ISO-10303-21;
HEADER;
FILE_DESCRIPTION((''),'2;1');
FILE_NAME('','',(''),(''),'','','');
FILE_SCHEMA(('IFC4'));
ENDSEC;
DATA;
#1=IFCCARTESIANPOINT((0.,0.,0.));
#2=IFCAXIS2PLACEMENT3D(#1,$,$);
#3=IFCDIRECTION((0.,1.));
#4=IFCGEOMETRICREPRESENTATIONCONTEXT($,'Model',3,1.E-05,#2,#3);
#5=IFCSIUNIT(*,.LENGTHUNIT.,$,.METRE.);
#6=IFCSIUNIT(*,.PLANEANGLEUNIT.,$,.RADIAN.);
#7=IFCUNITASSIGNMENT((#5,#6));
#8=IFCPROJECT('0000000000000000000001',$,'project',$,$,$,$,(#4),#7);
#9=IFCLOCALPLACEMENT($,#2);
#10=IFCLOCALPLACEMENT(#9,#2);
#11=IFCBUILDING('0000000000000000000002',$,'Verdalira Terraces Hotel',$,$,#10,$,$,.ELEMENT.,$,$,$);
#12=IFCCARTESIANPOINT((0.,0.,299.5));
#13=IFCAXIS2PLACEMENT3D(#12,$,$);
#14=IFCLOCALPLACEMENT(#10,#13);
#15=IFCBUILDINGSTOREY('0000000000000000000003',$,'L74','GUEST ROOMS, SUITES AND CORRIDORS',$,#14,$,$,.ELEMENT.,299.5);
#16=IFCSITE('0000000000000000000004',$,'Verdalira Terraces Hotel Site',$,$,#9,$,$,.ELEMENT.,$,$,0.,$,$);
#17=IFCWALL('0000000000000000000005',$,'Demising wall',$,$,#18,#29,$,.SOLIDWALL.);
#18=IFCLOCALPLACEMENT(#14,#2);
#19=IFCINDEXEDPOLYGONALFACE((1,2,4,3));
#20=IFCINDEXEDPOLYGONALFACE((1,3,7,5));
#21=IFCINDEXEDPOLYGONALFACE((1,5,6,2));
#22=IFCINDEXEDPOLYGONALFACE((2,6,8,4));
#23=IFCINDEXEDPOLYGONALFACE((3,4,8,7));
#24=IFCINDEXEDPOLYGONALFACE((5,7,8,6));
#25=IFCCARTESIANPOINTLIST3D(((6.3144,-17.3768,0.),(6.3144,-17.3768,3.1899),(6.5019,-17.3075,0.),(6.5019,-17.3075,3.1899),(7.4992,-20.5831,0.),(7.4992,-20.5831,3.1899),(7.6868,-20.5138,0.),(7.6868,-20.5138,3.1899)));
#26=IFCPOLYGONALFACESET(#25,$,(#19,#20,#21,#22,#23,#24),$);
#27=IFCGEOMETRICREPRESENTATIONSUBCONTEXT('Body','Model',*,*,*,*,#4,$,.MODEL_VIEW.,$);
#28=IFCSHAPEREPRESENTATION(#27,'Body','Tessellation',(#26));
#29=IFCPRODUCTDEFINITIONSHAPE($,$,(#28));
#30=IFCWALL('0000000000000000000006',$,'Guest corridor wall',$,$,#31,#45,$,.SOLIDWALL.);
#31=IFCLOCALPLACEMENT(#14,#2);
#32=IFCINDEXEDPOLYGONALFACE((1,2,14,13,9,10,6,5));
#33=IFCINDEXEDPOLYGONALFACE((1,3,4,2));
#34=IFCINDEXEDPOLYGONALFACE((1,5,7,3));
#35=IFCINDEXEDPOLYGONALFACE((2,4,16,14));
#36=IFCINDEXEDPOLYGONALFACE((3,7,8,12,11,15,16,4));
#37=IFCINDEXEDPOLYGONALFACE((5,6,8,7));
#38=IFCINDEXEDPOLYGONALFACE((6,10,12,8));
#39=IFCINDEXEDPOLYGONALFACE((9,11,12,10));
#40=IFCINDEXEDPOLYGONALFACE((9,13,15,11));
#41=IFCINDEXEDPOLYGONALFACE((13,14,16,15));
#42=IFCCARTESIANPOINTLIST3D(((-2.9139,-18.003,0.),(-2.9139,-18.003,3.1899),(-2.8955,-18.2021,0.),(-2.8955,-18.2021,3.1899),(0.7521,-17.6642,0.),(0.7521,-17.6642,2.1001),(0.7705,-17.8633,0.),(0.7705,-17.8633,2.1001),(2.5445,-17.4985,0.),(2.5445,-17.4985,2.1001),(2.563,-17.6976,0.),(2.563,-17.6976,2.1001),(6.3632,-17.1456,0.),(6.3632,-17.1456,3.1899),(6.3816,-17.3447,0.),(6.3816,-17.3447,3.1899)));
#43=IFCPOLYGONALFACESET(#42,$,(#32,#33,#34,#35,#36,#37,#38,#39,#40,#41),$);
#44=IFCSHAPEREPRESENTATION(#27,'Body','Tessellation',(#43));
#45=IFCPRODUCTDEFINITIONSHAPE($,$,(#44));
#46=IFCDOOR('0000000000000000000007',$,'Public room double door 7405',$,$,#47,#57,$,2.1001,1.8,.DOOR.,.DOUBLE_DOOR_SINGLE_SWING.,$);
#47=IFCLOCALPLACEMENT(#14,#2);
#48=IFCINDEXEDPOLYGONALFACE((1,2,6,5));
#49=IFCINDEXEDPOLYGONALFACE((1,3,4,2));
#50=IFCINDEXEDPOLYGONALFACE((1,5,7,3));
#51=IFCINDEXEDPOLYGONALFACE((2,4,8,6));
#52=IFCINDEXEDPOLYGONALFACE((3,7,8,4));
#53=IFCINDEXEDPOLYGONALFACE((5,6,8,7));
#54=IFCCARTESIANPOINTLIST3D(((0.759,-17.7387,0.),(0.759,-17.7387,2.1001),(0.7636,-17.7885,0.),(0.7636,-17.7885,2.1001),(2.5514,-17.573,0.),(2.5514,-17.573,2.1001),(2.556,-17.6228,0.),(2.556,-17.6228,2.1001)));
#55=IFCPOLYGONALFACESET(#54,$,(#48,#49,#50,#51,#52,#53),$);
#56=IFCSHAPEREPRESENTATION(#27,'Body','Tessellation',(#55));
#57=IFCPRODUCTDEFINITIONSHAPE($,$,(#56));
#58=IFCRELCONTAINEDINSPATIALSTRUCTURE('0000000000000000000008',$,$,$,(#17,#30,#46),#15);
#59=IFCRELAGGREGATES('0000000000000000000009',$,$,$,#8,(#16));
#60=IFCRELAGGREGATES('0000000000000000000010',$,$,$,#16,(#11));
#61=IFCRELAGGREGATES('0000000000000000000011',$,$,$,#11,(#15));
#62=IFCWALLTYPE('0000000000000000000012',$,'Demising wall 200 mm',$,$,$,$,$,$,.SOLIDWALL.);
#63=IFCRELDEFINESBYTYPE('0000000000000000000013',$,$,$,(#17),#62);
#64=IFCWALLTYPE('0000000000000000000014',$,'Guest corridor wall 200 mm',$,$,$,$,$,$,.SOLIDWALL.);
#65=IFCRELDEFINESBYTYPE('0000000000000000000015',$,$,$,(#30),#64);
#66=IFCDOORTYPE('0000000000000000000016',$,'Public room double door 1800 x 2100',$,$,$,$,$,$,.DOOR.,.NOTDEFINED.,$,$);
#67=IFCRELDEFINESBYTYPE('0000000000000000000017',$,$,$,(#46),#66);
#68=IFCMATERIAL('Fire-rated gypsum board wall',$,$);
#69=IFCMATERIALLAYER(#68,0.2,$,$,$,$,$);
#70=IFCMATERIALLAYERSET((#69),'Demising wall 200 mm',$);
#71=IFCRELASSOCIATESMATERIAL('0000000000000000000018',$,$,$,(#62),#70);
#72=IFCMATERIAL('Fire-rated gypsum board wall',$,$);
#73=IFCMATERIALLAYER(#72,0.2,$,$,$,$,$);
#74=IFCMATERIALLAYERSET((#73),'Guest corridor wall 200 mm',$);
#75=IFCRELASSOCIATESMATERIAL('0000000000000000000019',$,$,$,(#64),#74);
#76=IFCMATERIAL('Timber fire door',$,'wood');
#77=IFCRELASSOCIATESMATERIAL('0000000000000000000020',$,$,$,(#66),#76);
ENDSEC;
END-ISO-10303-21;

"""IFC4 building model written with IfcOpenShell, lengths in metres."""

from ifc_helpers import new_model, si_unit, direction, frame, frame_2d, origin, place, context, subcontext, project, spatial, rectangle, extrude, material, layer, layer_set, type_object, element, fill, save


model = new_model("IFC4")

# Units and contexts
model_context = context("Model", 3, precision=1e-05, world=origin(), true_north=direction((0.0, 1.0)))
body_context = subcontext(model_context, "Body", "Model", "MODEL_VIEW")
ifc_project = project(units=[si_unit("LENGTHUNIT", "METRE"), si_unit("PLANEANGLEUNIT", "RADIAN")], contexts=[model_context])

# Site, building, storey
site_placement = place(None, origin())
site = spatial("IfcSite", under=ifc_project, at=site_placement, Name="Verdalira Terraces Hotel Site", CompositionType="ELEMENT", RefElevation=0.0)
building_placement = place(site_placement, origin())
building = spatial("IfcBuilding", under=site, at=building_placement, Name="Verdalira Terraces Hotel", CompositionType="ELEMENT")
storey_placement = place(building_placement, frame((0.0, 0.0, 299.5)))
storey = spatial("IfcBuildingStorey", under=building, at=storey_placement, Name="L74", Description="GUEST ROOMS, SUITES AND CORRIDORS", CompositionType="ELEMENT", Elevation=299.5)

# Wall
ifc_material_1 = material(Name="Fire-rated gypsum board wall")
ifc_layer_1 = layer(ifc_material_1, 0.2)
ifc_layer_set_1 = layer_set([ifc_layer_1], Name="Demising wall 200 mm")
wall_type_1 = type_object("IfcWallType", Name="Demising wall 200 mm", PredefinedType="SOLIDWALL", material=ifc_layer_set_1)
wall_1_placement = place(storey_placement, frame((6.4082, -17.3423, 0.0), z_axis=(0.0, 0.0, 1.0), x_axis=(0.346619, -0.938006, 0.0)))
element("IfcWall", 1, at=wall_1_placement, inside=storey, type_object=wall_type_1, Name="Demising wall", PredefinedType="SOLIDWALL", context=body_context, shape_type="SweptSolid", body=[
    extrude(rectangle(XDim=3.4182, YDim=0.2, at=frame_2d((1.709, 0.0))), origin(), (0.0, 0.0, 1.0), 3.1899),
])

# Wall, opening, door
ifc_material_2 = material(Name="Fire-rated gypsum board wall")
ifc_layer_2 = layer(ifc_material_2, 0.2)
ifc_layer_set_2 = layer_set([ifc_layer_2], Name="Guest corridor wall 200 mm")
wall_type_2 = type_object("IfcWallType", Name="Guest corridor wall 200 mm", PredefinedType="SOLIDWALL", material=ifc_layer_set_2)
wall_2_placement = place(storey_placement, frame((6.3723, -17.2451, 0.0), z_axis=(0.0, 0.0, 1.0), x_axis=(-0.995756, -0.092031, 0.0)))
wall_2 = element("IfcWall", 2, at=wall_2_placement, inside=storey, type_object=wall_type_2, Name="Guest corridor wall", PredefinedType="SOLIDWALL", context=body_context, shape_type="SweptSolid", body=[
    extrude(rectangle(XDim=9.3166, YDim=0.2, at=frame_2d((4.6582, 0.0))), origin(), (0.0, 0.0, 1.0), 3.1899),
])
opening_1_placement = place(wall_2_placement, frame((3.835, 0.0, 0.0)))
opening_1 = element("IfcOpeningElement", 3, at=opening_1_placement, cuts=wall_2, PredefinedType="OPENING", context=body_context, shape_type="SweptSolid", body=[
    extrude(rectangle(XDim=1.8, YDim=2.1001, at=frame_2d((0.8999, 1.05))), frame((0.0, 0.1099, 0.0), z_axis=(0.0, -1.0, 0.0), x_axis=(1.0, 0.0, 0.0)), (0.0, 0.0, 1.0), 0.22),
])
ifc_material_3 = material(Name="Timber fire door", Category="wood")
door_type_1 = type_object("IfcDoorType", Name="Public room double door 1800 x 2100", OperationType="NOTDEFINED", PredefinedType="DOOR", material=ifc_material_3)
door_1_placement = place(opening_1_placement, origin())
door_1 = element("IfcDoor", 4, at=door_1_placement, inside=storey, type_object=door_type_1, Name="Public room double door 7405", OperationType="DOUBLE_DOOR_SINGLE_SWING", OverallHeight=2.1001, OverallWidth=1.8, PredefinedType="DOOR", context=body_context, shape_type="SweptSolid", body=[
    extrude(rectangle(XDim=1.8, YDim=2.1001, at=frame_2d((0.8999, 1.05))), frame((0.0, 0.0249, 0.0), z_axis=(0.0, -1.0, 0.0), x_axis=(1.0, 0.0, 0.0)), (0.0, 0.0, 1.0), 0.05),
])
fill(opening_1, door_1)

save(model, "model.ifc")
